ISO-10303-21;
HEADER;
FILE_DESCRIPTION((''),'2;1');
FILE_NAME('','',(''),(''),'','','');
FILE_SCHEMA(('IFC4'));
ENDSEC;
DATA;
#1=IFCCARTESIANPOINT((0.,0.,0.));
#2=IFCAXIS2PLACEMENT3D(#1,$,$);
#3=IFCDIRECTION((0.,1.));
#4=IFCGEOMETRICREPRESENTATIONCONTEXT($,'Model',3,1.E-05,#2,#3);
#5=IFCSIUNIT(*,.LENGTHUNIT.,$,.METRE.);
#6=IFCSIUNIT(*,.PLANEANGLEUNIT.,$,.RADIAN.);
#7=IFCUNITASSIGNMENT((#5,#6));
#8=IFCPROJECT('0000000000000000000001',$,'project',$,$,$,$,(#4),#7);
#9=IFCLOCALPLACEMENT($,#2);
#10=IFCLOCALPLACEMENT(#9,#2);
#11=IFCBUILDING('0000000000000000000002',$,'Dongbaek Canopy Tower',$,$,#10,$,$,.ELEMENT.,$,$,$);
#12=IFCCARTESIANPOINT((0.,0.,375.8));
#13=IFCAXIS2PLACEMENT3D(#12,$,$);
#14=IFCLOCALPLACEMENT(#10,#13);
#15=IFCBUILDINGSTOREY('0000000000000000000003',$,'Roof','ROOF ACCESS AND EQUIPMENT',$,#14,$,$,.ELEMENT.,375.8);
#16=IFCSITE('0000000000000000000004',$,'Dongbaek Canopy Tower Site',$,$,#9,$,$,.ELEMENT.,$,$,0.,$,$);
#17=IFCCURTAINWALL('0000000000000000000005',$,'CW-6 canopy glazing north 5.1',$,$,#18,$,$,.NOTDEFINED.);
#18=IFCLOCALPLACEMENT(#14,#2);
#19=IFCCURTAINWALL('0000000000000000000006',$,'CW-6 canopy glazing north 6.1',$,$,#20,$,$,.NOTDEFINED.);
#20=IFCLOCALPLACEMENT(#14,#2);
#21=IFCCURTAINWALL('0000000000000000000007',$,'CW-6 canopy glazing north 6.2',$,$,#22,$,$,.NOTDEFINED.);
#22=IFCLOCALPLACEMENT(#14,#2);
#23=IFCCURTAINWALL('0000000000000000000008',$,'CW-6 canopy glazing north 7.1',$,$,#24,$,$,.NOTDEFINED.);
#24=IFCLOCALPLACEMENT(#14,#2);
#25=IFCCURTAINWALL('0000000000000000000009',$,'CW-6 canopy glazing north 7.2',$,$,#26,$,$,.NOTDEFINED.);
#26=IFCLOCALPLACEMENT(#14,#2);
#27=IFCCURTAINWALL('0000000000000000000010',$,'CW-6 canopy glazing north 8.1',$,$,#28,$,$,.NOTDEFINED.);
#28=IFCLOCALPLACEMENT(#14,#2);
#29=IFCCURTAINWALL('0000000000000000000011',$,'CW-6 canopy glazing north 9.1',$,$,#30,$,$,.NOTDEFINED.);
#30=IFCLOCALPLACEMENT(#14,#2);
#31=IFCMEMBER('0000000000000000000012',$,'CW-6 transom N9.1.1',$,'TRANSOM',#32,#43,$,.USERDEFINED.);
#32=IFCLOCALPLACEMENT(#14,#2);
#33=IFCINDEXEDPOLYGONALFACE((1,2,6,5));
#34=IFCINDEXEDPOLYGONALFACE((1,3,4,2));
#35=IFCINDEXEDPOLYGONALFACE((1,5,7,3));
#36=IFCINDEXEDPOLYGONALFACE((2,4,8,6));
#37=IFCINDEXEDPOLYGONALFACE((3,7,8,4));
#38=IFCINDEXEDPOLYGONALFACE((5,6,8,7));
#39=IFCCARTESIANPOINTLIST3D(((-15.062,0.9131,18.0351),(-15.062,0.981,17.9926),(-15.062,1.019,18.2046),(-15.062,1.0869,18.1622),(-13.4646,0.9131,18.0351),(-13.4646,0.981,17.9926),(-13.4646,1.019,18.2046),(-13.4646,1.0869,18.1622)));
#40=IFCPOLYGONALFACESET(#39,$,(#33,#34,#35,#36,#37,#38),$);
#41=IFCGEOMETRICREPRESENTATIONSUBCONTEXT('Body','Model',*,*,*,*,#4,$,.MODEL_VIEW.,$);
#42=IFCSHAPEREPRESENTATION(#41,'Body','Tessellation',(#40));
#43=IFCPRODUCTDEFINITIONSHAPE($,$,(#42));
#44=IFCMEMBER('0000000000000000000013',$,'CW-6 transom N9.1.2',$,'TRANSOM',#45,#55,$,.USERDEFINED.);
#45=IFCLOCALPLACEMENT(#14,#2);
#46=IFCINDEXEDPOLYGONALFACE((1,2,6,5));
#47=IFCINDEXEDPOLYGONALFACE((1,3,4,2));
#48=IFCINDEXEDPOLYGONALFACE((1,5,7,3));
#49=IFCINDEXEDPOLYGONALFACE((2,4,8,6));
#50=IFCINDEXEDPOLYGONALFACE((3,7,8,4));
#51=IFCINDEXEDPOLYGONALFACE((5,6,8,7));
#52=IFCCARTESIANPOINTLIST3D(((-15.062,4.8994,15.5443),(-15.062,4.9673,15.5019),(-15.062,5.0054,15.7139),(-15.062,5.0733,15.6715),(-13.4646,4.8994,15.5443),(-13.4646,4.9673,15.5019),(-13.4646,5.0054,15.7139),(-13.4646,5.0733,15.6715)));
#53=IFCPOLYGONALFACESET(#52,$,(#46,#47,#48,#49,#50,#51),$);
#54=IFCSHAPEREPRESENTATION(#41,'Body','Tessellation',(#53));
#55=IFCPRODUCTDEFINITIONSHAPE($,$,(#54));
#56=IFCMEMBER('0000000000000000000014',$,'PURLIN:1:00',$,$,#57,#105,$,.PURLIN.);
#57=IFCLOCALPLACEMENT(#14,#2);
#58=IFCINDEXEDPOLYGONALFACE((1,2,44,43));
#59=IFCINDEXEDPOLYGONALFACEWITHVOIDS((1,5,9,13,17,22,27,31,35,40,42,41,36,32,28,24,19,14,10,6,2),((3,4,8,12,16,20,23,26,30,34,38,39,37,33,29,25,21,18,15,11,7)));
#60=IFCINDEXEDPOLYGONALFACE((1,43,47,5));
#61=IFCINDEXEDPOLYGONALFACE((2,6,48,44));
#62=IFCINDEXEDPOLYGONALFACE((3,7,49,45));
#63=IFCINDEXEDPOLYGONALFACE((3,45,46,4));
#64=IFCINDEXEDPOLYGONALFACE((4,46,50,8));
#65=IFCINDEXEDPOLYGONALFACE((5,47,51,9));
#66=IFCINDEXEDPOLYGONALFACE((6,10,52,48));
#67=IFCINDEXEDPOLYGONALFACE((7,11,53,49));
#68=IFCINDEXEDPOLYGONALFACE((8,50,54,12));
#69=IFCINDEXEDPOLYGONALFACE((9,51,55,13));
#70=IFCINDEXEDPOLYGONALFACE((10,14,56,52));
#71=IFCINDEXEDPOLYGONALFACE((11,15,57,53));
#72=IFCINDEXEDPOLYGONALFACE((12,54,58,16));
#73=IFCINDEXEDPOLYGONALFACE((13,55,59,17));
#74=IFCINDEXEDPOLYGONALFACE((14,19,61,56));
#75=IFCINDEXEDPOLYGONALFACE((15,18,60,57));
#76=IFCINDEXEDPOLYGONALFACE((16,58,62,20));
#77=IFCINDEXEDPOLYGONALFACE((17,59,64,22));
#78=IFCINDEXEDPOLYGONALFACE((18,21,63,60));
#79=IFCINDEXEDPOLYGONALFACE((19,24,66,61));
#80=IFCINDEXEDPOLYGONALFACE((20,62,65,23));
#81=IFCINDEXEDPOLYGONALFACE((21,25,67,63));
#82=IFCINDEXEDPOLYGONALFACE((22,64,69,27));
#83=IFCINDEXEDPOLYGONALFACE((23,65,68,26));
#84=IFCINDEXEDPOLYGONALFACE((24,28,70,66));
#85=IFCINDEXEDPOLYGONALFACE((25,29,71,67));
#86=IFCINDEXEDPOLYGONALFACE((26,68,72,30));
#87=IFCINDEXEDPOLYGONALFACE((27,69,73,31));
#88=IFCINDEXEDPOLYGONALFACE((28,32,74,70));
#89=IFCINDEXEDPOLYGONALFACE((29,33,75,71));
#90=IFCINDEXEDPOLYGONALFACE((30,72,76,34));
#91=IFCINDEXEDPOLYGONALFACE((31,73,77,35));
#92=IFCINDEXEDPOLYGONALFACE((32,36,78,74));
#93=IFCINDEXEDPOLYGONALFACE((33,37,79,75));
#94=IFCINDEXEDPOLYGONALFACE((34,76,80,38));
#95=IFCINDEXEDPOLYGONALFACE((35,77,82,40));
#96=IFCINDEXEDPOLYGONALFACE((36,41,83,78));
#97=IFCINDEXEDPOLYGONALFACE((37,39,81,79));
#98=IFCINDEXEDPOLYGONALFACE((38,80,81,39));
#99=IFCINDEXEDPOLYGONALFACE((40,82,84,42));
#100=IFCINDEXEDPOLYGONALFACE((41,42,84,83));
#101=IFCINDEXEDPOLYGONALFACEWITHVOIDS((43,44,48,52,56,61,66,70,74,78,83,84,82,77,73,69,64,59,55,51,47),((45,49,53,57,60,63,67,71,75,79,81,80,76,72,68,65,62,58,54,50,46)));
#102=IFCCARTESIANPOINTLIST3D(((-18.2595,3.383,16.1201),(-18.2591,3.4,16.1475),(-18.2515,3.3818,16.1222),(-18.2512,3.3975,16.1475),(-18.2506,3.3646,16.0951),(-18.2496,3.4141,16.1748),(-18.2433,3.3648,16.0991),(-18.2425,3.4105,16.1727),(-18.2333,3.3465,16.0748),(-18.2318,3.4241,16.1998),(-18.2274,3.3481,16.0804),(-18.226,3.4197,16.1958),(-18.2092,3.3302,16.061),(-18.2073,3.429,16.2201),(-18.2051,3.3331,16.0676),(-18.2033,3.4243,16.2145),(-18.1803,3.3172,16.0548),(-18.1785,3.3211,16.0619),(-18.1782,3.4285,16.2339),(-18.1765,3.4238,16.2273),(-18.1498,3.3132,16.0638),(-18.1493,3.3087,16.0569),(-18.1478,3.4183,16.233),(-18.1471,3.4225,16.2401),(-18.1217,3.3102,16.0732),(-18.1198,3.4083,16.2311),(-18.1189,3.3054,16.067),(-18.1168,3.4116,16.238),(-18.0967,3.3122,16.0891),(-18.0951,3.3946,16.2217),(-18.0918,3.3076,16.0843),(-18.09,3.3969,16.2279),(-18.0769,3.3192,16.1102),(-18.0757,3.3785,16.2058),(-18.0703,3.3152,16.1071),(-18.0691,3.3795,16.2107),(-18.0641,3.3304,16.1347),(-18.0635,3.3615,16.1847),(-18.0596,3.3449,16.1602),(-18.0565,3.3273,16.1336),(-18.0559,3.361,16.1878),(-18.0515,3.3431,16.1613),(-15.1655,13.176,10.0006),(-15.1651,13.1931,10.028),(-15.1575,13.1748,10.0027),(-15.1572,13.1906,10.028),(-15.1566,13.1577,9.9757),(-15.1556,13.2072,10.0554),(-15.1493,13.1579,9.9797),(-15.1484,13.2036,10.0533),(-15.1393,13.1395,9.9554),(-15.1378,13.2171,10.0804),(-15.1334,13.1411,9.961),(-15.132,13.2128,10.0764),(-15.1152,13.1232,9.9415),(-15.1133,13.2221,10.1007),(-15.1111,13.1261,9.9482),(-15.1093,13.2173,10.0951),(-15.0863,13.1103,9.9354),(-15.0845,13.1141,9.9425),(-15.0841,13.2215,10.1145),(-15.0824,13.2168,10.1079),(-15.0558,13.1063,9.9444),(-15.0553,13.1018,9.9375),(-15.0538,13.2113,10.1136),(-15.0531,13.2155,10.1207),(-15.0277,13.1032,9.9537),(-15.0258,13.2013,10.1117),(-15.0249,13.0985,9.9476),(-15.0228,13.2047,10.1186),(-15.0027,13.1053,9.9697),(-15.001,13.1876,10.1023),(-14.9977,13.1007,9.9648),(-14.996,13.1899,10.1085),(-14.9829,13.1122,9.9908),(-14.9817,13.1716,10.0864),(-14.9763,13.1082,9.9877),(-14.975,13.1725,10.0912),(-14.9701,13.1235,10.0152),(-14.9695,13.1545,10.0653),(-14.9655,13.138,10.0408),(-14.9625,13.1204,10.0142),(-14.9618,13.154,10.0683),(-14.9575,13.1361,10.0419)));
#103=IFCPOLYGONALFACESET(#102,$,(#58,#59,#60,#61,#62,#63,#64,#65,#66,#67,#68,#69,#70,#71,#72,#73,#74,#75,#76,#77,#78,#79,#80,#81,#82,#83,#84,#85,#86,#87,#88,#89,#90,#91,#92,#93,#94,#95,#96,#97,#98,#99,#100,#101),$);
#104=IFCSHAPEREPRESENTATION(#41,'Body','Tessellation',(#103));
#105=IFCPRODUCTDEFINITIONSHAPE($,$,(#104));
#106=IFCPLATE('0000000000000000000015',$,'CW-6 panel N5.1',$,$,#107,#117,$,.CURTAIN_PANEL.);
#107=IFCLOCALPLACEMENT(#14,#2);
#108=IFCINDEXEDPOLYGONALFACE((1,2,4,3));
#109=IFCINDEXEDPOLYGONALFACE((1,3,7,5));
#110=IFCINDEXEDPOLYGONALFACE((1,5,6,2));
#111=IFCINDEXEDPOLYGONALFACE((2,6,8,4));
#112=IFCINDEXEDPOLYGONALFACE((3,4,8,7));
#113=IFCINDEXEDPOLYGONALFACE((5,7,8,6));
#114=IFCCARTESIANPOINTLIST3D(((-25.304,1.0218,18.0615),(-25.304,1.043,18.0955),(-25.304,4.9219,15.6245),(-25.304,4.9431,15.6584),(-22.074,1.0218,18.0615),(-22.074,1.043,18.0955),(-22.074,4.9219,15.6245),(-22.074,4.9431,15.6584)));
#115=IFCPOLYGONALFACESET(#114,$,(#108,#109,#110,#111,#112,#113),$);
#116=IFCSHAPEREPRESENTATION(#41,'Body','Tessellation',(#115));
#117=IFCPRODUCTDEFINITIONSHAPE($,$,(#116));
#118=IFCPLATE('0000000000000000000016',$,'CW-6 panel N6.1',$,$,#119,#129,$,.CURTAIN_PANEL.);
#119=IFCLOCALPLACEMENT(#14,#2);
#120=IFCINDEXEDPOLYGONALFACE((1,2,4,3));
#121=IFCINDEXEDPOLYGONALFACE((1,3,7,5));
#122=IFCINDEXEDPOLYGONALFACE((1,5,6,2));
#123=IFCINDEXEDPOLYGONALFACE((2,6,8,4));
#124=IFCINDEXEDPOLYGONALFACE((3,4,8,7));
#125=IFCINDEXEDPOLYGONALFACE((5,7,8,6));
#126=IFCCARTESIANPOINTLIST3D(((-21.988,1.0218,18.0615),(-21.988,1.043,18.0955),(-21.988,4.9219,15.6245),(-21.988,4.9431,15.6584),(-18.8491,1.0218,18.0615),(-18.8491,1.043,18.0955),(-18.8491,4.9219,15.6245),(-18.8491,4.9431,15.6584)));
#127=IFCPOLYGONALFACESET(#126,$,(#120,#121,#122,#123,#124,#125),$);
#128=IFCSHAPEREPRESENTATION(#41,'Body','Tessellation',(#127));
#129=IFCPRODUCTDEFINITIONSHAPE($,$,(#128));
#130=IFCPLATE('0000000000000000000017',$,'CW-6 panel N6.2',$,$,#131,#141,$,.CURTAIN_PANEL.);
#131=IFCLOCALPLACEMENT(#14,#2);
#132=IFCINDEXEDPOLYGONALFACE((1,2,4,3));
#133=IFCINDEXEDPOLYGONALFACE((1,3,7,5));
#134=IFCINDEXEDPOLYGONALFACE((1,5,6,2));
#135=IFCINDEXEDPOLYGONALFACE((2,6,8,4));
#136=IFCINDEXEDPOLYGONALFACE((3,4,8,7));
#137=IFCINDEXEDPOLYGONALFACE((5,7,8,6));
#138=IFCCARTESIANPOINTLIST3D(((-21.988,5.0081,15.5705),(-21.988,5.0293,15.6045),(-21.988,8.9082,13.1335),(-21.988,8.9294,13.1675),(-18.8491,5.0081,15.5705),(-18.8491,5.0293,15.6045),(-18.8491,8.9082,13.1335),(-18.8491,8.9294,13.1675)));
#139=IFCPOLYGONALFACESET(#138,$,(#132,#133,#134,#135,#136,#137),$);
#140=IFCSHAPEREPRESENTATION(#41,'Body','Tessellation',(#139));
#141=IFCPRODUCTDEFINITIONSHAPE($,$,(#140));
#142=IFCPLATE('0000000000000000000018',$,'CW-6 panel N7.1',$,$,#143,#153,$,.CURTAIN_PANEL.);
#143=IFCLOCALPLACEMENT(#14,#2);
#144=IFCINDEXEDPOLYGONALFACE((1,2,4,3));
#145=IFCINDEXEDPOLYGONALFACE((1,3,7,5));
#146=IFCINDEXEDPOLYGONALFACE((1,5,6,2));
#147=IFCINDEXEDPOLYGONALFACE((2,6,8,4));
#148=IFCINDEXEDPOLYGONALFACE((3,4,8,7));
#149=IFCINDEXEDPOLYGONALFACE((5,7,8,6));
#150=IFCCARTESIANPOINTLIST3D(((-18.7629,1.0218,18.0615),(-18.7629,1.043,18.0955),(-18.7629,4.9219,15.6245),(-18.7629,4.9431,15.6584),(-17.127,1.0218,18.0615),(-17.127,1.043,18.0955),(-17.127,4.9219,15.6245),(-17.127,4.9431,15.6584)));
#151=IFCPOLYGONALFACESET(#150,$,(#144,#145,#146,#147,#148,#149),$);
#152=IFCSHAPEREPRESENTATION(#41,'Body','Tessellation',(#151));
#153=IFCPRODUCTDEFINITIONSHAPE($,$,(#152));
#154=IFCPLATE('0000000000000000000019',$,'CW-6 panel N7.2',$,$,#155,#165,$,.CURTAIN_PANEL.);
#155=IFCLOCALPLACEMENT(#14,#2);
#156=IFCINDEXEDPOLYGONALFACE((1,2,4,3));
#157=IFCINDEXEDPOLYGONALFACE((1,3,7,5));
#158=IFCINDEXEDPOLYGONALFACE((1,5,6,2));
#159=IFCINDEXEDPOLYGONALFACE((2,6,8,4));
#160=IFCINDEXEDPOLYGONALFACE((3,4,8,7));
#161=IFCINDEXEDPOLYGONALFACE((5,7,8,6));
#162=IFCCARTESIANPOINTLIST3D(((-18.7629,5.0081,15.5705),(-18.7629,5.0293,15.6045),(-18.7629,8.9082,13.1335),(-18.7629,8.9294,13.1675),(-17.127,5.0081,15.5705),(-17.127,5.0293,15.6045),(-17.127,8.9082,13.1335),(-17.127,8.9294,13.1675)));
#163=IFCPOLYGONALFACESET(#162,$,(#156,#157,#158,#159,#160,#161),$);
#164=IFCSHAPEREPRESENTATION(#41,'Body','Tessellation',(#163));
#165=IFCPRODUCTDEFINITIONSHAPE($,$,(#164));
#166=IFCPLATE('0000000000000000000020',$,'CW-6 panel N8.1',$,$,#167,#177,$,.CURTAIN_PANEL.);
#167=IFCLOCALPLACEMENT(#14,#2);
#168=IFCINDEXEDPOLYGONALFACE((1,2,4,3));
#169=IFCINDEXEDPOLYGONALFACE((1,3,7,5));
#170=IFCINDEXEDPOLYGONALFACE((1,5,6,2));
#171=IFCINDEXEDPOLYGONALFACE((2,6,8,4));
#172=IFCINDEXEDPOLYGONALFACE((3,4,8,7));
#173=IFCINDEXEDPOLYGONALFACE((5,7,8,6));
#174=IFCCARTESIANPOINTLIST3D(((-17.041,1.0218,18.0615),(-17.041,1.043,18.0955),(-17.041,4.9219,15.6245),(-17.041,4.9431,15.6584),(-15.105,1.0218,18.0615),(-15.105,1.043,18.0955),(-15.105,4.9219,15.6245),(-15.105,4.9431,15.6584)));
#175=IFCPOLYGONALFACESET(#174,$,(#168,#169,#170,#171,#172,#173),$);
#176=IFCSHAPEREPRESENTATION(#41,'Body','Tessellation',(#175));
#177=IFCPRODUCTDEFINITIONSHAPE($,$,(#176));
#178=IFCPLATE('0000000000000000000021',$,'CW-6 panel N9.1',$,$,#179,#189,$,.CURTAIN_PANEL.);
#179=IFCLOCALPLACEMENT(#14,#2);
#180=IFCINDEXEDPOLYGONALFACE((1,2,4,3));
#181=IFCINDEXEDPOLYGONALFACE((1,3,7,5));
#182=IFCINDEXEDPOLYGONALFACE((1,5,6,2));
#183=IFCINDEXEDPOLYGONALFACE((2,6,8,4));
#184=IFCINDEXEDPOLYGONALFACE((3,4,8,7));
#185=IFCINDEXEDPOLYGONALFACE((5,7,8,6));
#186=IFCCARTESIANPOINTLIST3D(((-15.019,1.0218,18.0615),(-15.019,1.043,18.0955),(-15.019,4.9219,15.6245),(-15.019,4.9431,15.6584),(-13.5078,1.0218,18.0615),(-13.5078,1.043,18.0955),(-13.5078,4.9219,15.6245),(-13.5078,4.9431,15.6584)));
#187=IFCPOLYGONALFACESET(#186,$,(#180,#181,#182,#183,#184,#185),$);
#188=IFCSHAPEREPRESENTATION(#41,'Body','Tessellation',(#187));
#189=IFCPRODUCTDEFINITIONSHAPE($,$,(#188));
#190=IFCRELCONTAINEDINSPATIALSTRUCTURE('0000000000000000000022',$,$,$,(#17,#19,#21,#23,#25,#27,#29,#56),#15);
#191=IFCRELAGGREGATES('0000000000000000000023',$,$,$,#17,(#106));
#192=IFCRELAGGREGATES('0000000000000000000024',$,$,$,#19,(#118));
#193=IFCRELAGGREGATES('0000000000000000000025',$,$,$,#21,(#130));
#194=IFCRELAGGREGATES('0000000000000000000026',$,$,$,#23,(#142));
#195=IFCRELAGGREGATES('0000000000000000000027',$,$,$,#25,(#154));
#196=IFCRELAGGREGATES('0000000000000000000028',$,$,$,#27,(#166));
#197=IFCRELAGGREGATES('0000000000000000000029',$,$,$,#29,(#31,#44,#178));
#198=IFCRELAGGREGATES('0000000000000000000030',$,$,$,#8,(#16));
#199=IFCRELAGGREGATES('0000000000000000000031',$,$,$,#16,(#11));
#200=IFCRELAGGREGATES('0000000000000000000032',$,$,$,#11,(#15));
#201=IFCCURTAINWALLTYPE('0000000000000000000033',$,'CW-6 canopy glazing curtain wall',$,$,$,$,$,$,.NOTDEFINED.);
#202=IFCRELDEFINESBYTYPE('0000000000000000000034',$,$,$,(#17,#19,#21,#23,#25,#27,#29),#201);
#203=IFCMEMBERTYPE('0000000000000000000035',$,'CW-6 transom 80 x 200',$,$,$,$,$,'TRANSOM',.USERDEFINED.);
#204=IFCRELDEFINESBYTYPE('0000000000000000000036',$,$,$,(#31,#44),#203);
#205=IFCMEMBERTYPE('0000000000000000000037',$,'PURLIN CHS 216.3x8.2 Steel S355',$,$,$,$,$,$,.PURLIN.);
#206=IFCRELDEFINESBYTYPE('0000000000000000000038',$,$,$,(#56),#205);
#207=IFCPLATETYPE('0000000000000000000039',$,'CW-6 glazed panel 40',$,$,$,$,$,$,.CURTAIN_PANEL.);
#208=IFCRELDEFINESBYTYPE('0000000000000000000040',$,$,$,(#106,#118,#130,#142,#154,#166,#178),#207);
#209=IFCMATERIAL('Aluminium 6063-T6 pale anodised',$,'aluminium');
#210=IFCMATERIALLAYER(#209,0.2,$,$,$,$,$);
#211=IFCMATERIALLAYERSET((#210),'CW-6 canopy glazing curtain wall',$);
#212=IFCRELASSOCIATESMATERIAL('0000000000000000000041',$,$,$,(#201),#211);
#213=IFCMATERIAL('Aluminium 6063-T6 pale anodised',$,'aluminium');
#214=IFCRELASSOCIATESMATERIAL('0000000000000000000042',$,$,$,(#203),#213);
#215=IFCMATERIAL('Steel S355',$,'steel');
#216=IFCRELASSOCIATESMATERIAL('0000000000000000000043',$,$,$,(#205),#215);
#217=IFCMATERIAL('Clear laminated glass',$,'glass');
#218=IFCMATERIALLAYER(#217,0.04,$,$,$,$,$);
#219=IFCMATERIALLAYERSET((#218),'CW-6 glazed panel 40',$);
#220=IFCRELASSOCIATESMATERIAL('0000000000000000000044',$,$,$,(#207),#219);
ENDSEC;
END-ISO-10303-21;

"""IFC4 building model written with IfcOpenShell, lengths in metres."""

from ifc_helpers import new_model, si_unit, direction, frame, origin, origin_2d, place, context, subcontext, project, spatial, polyline, rectangle, hollow_circle, outline, extrude, material, layer, layer_set, material_profile, profile_set, type_object, element, aggregate, save


model = new_model("IFC4")

# Units and contexts
model_context = context("Model", 3, precision=1e-05, world=origin(), true_north=direction((0.0, 1.0)))
body_context = subcontext(model_context, "Body", "Model", "MODEL_VIEW")
ifc_project = project(units=[si_unit("LENGTHUNIT", "METRE"), si_unit("PLANEANGLEUNIT", "RADIAN")], contexts=[model_context])

# Site, building, storey
site_placement = place(None, origin())
site = spatial("IfcSite", under=ifc_project, at=site_placement, Name="Dongbaek Canopy Tower Site", CompositionType="ELEMENT", RefElevation=0.0)
building_placement = place(site_placement, origin())
building = spatial("IfcBuilding", under=site, at=building_placement, Name="Dongbaek Canopy Tower", CompositionType="ELEMENT")
storey_placement = place(building_placement, frame((0.0, 0.0, 375.8)))
storey = spatial("IfcBuildingStorey", under=building, at=storey_placement, Name="Roof", Description="ROOF ACCESS AND EQUIPMENT", CompositionType="ELEMENT", Elevation=375.8)

# Curtain walls
ifc_material_1 = material(Name="Aluminium 6063-T6 pale anodised", Category="aluminium")
ifc_layer_1 = layer(ifc_material_1, 0.2)
ifc_layer_set_1 = layer_set([ifc_layer_1], Name="CW-6 canopy glazing curtain wall")
curtain_wall_type = type_object("IfcCurtainWallType", Name="CW-6 canopy glazing curtain wall", PredefinedType="NOTDEFINED", material=ifc_layer_set_1)
curtain_wall_1_placement = place(storey_placement, origin())
curtain_wall_1 = element("IfcCurtainWall", 1, at=curtain_wall_1_placement, inside=storey, type_object=curtain_wall_type, Name="CW-6 canopy glazing north 5.1", PredefinedType="NOTDEFINED")
curtain_wall_2_placement = place(storey_placement, origin())
curtain_wall_2 = element("IfcCurtainWall", 2, at=curtain_wall_2_placement, inside=storey, type_object=curtain_wall_type, Name="CW-6 canopy glazing north 6.1", PredefinedType="NOTDEFINED")
curtain_wall_3_placement = place(storey_placement, origin())
curtain_wall_3 = element("IfcCurtainWall", 3, at=curtain_wall_3_placement, inside=storey, type_object=curtain_wall_type, Name="CW-6 canopy glazing north 6.2", PredefinedType="NOTDEFINED")
curtain_wall_4_placement = place(storey_placement, origin())
curtain_wall_4 = element("IfcCurtainWall", 4, at=curtain_wall_4_placement, inside=storey, type_object=curtain_wall_type, Name="CW-6 canopy glazing north 7.1", PredefinedType="NOTDEFINED")
curtain_wall_5_placement = place(storey_placement, origin())
curtain_wall_5 = element("IfcCurtainWall", 5, at=curtain_wall_5_placement, inside=storey, type_object=curtain_wall_type, Name="CW-6 canopy glazing north 7.2", PredefinedType="NOTDEFINED")
curtain_wall_6_placement = place(storey_placement, origin())
curtain_wall_6 = element("IfcCurtainWall", 6, at=curtain_wall_6_placement, inside=storey, type_object=curtain_wall_type, Name="CW-6 canopy glazing north 8.1", PredefinedType="NOTDEFINED")

# Shared definitions
ifc_material_2 = material(Name="Aluminium 6063-T6 pale anodised", Category="aluminium")
ifc_material_profile_1 = material_profile(ifc_material_2, rectangle(XDim=0.0801, YDim=0.2, at=origin_2d()), Name="CW-6 transom 80 x 200")
ifc_profile_set_1 = profile_set([ifc_material_profile_1], Name="Aluminium 6063-T6 pale anodised")
member_type_1 = type_object("IfcMemberType", Name="CW-6 transom 80 x 200", ElementType="TRANSOM", PredefinedType="USERDEFINED", material=ifc_profile_set_1)

# Curtain wall, members
curtain_wall_7_placement = place(storey_placement, origin())
curtain_wall_7 = element("IfcCurtainWall", 7, at=curtain_wall_7_placement, inside=storey, type_object=curtain_wall_type, Name="CW-6 canopy glazing north 9.1", PredefinedType="NOTDEFINED")
member_1_placement = place(storey_placement, frame((-15.062, 1.0, 18.0986), z_axis=(1.0, 0.0, 0.0), x_axis=(0.0, 0.848048, -0.529919)))
member_1 = element("IfcMember", 8, at=member_1_placement, type_object=member_type_1, Name="CW-6 transom N9.1.1", ObjectType="TRANSOM", PredefinedType="USERDEFINED", context=body_context, shape_type="SweptSolid", body=[
    extrude(rectangle(XDim=0.0801, YDim=0.2, at=origin_2d()), origin(), (0.0, 0.0, 1.0), 1.5974),
])
member_2_placement = place(storey_placement, frame((-15.062, 4.9863, 15.6079), z_axis=(1.0, 0.0, 0.0), x_axis=(0.0, 0.848048, -0.529919)))
member_2 = element("IfcMember", 9, at=member_2_placement, type_object=member_type_1, Name="CW-6 transom N9.1.2", ObjectType="TRANSOM", PredefinedType="USERDEFINED", context=body_context, shape_type="SweptSolid", body=[
    extrude(rectangle(XDim=0.0801, YDim=0.2, at=origin_2d()), origin(), (0.0, 0.0, 1.0), 1.5974),
])

# Member
ifc_material_3 = material(Name="Steel S355", Category="steel")
ifc_material_profile_2 = material_profile(ifc_material_3, hollow_circle(Radius=0.1082, WallThickness=0.0083, at=origin_2d()), Name="PURLIN CHS 216.3x8.2 Steel S355")
ifc_profile_set_2 = profile_set([ifc_material_profile_2], Name="Steel S355")
member_type_2 = type_object("IfcMemberType", Name="PURLIN CHS 216.3x8.2 Steel S355", PredefinedType="PURLIN", material=ifc_profile_set_2)
member_3_placement = place(storey_placement, frame((-18.156, 3.3674, 16.1475), z_axis=(0.258803, 0.819153, -0.511868), x_axis=(-0.953541, 0.301262, 0.0)))
element("IfcMember", 10, at=member_3_placement, inside=storey, type_object=member_type_2, Name="PURLIN:1:00", PredefinedType="PURLIN", context=body_context, shape_type="SweptSolid", body=[
    extrude(hollow_circle(Radius=0.1082, WallThickness=0.0083, at=origin_2d()), origin(), (0.0, 0.0, 1.0), 11.9551),
])

# Plates
ifc_material_4 = material(Name="Clear laminated glass", Category="glass")
ifc_layer_2 = layer(ifc_material_4, 0.04)
ifc_layer_set_2 = layer_set([ifc_layer_2], Name="CW-6 glazed panel 40")
plate_type = type_object("IfcPlateType", Name="CW-6 glazed panel 40", PredefinedType="CURTAIN_PANEL", material=ifc_layer_set_2)
plate_1_placement = place(storey_placement, frame((-22.074, 1.043, 18.0955), z_axis=(0.0, 0.529908, 0.848055), x_axis=(-1.0, 0.0, 0.0)))
plate_1 = element("IfcPlate", 11, at=plate_1_placement, type_object=plate_type, Name="CW-6 panel N5.1", PredefinedType="CURTAIN_PANEL", context=body_context, shape_type="SweptSolid", body=[
    extrude(outline(polyline([(0.0, 0.0), (3.23, 0.0), (3.23, -4.5989), (0.0, -4.5989), (0.0, 0.0)])), origin(), (0.0, 0.0, -1.0), 0.04),
])
aggregate(curtain_wall_1, [plate_1])
plate_2_placement = place(storey_placement, frame((-18.8491, 1.043, 18.0955), z_axis=(0.0, 0.529908, 0.848055), x_axis=(-1.0, 0.0, 0.0)))
plate_2 = element("IfcPlate", 12, at=plate_2_placement, type_object=plate_type, Name="CW-6 panel N6.1", PredefinedType="CURTAIN_PANEL", context=body_context, shape_type="SweptSolid", body=[
    extrude(outline(polyline([(0.0, 0.0), (3.1389, 0.0), (3.1389, -4.5989), (0.0, -4.5989), (0.0, 0.0)])), origin(), (0.0, 0.0, -1.0), 0.04),
])
aggregate(curtain_wall_2, [plate_2])
plate_3_placement = place(storey_placement, frame((-18.8491, 5.0293, 15.6045), z_axis=(0.0, 0.529908, 0.848055), x_axis=(-1.0, 0.0, 0.0)))
plate_3 = element("IfcPlate", 13, at=plate_3_placement, type_object=plate_type, Name="CW-6 panel N6.2", PredefinedType="CURTAIN_PANEL", context=body_context, shape_type="SweptSolid", body=[
    extrude(outline(polyline([(0.0, 0.0), (3.1389, 0.0), (3.1389, -4.5989), (0.0, -4.5989), (0.0, 0.0)])), origin(), (0.0, 0.0, -1.0), 0.04),
])
aggregate(curtain_wall_3, [plate_3])
plate_4_placement = place(storey_placement, frame((-17.127, 1.043, 18.0955), z_axis=(0.0, 0.529908, 0.848055), x_axis=(-1.0, 0.0, 0.0)))
plate_4 = element("IfcPlate", 14, at=plate_4_placement, type_object=plate_type, Name="CW-6 panel N7.1", PredefinedType="CURTAIN_PANEL", context=body_context, shape_type="SweptSolid", body=[
    extrude(outline(polyline([(0.0, 0.0), (1.636, 0.0), (1.636, -4.5989), (0.0, -4.5989), (0.0, 0.0)])), origin(), (0.0, 0.0, -1.0), 0.04),
])
aggregate(curtain_wall_4, [plate_4])
plate_5_placement = place(storey_placement, frame((-17.127, 5.0293, 15.6045), z_axis=(0.0, 0.529908, 0.848055), x_axis=(-1.0, 0.0, 0.0)))
plate_5 = element("IfcPlate", 15, at=plate_5_placement, type_object=plate_type, Name="CW-6 panel N7.2", PredefinedType="CURTAIN_PANEL", context=body_context, shape_type="SweptSolid", body=[
    extrude(outline(polyline([(0.0, 0.0), (1.636, 0.0), (1.636, -4.5989), (0.0, -4.5989), (0.0, 0.0)])), origin(), (0.0, 0.0, -1.0), 0.04),
])
aggregate(curtain_wall_5, [plate_5])
plate_6_placement = place(storey_placement, frame((-15.105, 1.043, 18.0955), z_axis=(0.0, 0.529908, 0.848055), x_axis=(-1.0, 0.0, 0.0)))
plate_6 = element("IfcPlate", 16, at=plate_6_placement, type_object=plate_type, Name="CW-6 panel N8.1", PredefinedType="CURTAIN_PANEL", context=body_context, shape_type="SweptSolid", body=[
    extrude(outline(polyline([(0.0, 0.0), (1.936, 0.0), (1.936, -4.5989), (0.0, -4.5989), (0.0, 0.0)])), origin(), (0.0, 0.0, -1.0), 0.04),
])
aggregate(curtain_wall_6, [plate_6])
plate_7_placement = place(storey_placement, frame((-13.5078, 1.043, 18.0955), z_axis=(0.0, 0.529908, 0.848055), x_axis=(-1.0, 0.0, 0.0)))
plate_7 = element("IfcPlate", 17, at=plate_7_placement, type_object=plate_type, Name="CW-6 panel N9.1", PredefinedType="CURTAIN_PANEL", context=body_context, shape_type="SweptSolid", body=[
    extrude(outline(polyline([(0.0, 0.0), (1.5112, 0.0), (1.5112, -4.5989), (0.0, -4.5989), (0.0, 0.0)])), origin(), (0.0, 0.0, -1.0), 0.04),
])
aggregate(curtain_wall_7, [member_1, member_2, plate_7])

save(model, "model.ifc")
